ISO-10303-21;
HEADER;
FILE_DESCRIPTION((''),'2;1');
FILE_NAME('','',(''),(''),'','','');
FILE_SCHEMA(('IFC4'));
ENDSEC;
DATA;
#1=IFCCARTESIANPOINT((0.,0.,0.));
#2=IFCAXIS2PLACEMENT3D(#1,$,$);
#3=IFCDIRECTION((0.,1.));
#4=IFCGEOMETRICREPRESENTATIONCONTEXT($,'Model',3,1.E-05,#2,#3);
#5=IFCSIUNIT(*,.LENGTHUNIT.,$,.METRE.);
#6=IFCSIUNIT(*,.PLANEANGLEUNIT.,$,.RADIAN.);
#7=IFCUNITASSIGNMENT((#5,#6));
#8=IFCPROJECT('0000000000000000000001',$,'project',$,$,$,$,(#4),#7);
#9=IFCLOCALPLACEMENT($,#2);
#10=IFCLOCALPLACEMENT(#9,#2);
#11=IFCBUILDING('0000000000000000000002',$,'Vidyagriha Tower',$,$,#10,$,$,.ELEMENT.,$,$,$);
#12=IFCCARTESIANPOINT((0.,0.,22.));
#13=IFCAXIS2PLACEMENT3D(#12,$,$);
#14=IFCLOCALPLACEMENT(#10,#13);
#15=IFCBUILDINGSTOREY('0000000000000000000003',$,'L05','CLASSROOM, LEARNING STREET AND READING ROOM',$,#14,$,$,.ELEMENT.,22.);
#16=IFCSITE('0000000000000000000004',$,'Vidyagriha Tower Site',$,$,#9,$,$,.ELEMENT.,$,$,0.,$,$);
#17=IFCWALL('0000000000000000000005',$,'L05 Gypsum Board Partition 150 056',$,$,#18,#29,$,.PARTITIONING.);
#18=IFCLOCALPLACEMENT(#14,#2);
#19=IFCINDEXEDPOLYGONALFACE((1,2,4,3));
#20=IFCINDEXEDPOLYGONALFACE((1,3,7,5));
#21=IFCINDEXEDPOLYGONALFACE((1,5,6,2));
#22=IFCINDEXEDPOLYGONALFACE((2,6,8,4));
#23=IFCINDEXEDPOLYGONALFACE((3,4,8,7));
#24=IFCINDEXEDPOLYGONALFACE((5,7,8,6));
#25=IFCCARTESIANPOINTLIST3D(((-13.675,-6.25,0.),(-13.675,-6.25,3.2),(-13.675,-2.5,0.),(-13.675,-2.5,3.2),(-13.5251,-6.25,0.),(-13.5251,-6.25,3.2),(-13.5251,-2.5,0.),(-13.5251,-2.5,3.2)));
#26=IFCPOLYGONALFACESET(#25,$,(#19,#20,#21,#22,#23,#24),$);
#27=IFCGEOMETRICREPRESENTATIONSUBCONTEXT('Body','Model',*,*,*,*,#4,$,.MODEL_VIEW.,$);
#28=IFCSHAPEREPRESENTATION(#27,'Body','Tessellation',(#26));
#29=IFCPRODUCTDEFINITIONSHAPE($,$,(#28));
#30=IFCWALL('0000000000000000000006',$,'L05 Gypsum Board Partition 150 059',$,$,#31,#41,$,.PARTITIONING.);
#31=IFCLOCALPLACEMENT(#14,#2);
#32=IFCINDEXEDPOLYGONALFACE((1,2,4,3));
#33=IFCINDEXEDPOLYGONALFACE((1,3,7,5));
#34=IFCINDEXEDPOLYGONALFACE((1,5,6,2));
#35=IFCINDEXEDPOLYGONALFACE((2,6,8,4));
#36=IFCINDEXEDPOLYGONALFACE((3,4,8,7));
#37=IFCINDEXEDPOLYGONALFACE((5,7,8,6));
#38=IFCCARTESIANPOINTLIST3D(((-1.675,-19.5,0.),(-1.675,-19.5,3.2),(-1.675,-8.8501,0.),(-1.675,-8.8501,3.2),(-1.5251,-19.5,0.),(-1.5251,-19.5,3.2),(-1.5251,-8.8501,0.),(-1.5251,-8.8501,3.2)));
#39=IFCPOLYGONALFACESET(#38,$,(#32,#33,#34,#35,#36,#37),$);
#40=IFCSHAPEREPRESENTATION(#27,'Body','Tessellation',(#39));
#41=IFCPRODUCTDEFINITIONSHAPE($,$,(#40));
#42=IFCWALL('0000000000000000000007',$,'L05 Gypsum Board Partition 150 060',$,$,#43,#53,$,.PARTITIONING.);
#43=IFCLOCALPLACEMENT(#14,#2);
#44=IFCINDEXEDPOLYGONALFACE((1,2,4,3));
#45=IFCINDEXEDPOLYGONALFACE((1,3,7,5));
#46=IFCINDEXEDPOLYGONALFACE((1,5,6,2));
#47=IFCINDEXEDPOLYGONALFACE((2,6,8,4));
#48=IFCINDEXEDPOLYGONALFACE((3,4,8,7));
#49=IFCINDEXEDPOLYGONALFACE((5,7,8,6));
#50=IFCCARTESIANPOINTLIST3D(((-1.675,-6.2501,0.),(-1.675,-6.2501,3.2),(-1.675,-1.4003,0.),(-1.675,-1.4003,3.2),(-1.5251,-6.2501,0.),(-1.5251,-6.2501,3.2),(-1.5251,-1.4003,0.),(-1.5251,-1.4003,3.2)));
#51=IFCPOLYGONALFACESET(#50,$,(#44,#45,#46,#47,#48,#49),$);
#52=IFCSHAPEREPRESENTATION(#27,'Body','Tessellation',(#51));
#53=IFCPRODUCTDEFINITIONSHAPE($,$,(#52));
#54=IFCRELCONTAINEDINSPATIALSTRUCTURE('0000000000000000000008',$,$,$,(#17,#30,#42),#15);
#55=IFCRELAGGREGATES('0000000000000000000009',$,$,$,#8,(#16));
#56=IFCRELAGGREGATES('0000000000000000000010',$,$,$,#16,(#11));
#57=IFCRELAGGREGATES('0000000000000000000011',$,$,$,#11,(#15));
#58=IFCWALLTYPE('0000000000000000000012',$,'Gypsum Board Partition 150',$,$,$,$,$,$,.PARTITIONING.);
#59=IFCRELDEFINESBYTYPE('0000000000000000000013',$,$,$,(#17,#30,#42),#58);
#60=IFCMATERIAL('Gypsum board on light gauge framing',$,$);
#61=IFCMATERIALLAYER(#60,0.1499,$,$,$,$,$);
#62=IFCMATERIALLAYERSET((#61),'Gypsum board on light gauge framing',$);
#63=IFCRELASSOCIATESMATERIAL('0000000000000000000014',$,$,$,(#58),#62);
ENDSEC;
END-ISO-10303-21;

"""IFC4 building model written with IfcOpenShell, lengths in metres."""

from ifc_helpers import new_model, si_unit, direction, frame, frame_2d, origin, place, context, subcontext, project, spatial, rectangle, extrude, material, layer, layer_set, type_object, element, save


model = new_model("IFC4")

# Units and contexts
model_context = context("Model", 3, precision=1e-05, world=origin(), true_north=direction((0.0, 1.0)))
body_context = subcontext(model_context, "Body", "Model", "MODEL_VIEW")
ifc_project = project(units=[si_unit("LENGTHUNIT", "METRE"), si_unit("PLANEANGLEUNIT", "RADIAN")], contexts=[model_context])

# Site, building, storey
site_placement = place(None, origin())
site = spatial("IfcSite", under=ifc_project, at=site_placement, Name="Vidyagriha Tower Site", CompositionType="ELEMENT", RefElevation=0.0)
building_placement = place(site_placement, origin())
building = spatial("IfcBuilding", under=site, at=building_placement, Name="Vidyagriha Tower", CompositionType="ELEMENT")
storey_placement = place(building_placement, frame((0.0, 0.0, 22.0)))
storey = spatial("IfcBuildingStorey", under=building, at=storey_placement, Name="L05", Description="CLASSROOM, LEARNING STREET AND READING ROOM", CompositionType="ELEMENT", Elevation=22.0)

# Walls
ifc_material_1 = material(Name="Gypsum board on light gauge framing")
ifc_layer_1 = layer(ifc_material_1, 0.1499)
ifc_layer_set_1 = layer_set([ifc_layer_1], Name="Gypsum board on light gauge framing")
wall_type_1 = type_object("IfcWallType", Name="Gypsum Board Partition 150", PredefinedType="PARTITIONING", material=ifc_layer_set_1)
wall_1_placement = place(storey_placement, frame((-13.6001, -6.25, 0.0), z_axis=(0.0, 0.0, 1.0), x_axis=(0.0, 1.0, 0.0)))
element("IfcWall", 1, at=wall_1_placement, inside=storey, type_object=wall_type_1, Name="L05 Gypsum Board Partition 150 056", PredefinedType="PARTITIONING", context=body_context, shape_type="SweptSolid", body=[
    extrude(rectangle(XDim=3.75, YDim=0.1499, at=frame_2d((1.875, 0.0))), origin(), (0.0, 0.0, 1.0), 3.2),
])
wall_2_placement = place(storey_placement, frame((-1.6001, -19.5, 0.0), z_axis=(0.0, 0.0, 1.0), x_axis=(0.0, 1.0, 0.0)))
element("IfcWall", 2, at=wall_2_placement, inside=storey, type_object=wall_type_1, Name="L05 Gypsum Board Partition 150 059", PredefinedType="PARTITIONING", context=body_context, shape_type="SweptSolid", body=[
    extrude(rectangle(XDim=10.6499, YDim=0.1499, at=frame_2d((5.325, 0.0))), origin(), (0.0, 0.0, 1.0), 3.2),
])
wall_3_placement = place(storey_placement, frame((-1.6001, -6.25, 0.0), z_axis=(0.0, 0.0, 1.0), x_axis=(0.0, 1.0, 0.0)))
element("IfcWall", 3, at=wall_3_placement, inside=storey, type_object=wall_type_1, Name="L05 Gypsum Board Partition 150 060", PredefinedType="PARTITIONING", context=body_context, shape_type="SweptSolid", body=[
    extrude(rectangle(XDim=4.8499, YDim=0.1499, at=frame_2d((2.4248, 0.0))), origin(), (0.0, 0.0, 1.0), 3.2),
])

save(model, "model.ifc")
